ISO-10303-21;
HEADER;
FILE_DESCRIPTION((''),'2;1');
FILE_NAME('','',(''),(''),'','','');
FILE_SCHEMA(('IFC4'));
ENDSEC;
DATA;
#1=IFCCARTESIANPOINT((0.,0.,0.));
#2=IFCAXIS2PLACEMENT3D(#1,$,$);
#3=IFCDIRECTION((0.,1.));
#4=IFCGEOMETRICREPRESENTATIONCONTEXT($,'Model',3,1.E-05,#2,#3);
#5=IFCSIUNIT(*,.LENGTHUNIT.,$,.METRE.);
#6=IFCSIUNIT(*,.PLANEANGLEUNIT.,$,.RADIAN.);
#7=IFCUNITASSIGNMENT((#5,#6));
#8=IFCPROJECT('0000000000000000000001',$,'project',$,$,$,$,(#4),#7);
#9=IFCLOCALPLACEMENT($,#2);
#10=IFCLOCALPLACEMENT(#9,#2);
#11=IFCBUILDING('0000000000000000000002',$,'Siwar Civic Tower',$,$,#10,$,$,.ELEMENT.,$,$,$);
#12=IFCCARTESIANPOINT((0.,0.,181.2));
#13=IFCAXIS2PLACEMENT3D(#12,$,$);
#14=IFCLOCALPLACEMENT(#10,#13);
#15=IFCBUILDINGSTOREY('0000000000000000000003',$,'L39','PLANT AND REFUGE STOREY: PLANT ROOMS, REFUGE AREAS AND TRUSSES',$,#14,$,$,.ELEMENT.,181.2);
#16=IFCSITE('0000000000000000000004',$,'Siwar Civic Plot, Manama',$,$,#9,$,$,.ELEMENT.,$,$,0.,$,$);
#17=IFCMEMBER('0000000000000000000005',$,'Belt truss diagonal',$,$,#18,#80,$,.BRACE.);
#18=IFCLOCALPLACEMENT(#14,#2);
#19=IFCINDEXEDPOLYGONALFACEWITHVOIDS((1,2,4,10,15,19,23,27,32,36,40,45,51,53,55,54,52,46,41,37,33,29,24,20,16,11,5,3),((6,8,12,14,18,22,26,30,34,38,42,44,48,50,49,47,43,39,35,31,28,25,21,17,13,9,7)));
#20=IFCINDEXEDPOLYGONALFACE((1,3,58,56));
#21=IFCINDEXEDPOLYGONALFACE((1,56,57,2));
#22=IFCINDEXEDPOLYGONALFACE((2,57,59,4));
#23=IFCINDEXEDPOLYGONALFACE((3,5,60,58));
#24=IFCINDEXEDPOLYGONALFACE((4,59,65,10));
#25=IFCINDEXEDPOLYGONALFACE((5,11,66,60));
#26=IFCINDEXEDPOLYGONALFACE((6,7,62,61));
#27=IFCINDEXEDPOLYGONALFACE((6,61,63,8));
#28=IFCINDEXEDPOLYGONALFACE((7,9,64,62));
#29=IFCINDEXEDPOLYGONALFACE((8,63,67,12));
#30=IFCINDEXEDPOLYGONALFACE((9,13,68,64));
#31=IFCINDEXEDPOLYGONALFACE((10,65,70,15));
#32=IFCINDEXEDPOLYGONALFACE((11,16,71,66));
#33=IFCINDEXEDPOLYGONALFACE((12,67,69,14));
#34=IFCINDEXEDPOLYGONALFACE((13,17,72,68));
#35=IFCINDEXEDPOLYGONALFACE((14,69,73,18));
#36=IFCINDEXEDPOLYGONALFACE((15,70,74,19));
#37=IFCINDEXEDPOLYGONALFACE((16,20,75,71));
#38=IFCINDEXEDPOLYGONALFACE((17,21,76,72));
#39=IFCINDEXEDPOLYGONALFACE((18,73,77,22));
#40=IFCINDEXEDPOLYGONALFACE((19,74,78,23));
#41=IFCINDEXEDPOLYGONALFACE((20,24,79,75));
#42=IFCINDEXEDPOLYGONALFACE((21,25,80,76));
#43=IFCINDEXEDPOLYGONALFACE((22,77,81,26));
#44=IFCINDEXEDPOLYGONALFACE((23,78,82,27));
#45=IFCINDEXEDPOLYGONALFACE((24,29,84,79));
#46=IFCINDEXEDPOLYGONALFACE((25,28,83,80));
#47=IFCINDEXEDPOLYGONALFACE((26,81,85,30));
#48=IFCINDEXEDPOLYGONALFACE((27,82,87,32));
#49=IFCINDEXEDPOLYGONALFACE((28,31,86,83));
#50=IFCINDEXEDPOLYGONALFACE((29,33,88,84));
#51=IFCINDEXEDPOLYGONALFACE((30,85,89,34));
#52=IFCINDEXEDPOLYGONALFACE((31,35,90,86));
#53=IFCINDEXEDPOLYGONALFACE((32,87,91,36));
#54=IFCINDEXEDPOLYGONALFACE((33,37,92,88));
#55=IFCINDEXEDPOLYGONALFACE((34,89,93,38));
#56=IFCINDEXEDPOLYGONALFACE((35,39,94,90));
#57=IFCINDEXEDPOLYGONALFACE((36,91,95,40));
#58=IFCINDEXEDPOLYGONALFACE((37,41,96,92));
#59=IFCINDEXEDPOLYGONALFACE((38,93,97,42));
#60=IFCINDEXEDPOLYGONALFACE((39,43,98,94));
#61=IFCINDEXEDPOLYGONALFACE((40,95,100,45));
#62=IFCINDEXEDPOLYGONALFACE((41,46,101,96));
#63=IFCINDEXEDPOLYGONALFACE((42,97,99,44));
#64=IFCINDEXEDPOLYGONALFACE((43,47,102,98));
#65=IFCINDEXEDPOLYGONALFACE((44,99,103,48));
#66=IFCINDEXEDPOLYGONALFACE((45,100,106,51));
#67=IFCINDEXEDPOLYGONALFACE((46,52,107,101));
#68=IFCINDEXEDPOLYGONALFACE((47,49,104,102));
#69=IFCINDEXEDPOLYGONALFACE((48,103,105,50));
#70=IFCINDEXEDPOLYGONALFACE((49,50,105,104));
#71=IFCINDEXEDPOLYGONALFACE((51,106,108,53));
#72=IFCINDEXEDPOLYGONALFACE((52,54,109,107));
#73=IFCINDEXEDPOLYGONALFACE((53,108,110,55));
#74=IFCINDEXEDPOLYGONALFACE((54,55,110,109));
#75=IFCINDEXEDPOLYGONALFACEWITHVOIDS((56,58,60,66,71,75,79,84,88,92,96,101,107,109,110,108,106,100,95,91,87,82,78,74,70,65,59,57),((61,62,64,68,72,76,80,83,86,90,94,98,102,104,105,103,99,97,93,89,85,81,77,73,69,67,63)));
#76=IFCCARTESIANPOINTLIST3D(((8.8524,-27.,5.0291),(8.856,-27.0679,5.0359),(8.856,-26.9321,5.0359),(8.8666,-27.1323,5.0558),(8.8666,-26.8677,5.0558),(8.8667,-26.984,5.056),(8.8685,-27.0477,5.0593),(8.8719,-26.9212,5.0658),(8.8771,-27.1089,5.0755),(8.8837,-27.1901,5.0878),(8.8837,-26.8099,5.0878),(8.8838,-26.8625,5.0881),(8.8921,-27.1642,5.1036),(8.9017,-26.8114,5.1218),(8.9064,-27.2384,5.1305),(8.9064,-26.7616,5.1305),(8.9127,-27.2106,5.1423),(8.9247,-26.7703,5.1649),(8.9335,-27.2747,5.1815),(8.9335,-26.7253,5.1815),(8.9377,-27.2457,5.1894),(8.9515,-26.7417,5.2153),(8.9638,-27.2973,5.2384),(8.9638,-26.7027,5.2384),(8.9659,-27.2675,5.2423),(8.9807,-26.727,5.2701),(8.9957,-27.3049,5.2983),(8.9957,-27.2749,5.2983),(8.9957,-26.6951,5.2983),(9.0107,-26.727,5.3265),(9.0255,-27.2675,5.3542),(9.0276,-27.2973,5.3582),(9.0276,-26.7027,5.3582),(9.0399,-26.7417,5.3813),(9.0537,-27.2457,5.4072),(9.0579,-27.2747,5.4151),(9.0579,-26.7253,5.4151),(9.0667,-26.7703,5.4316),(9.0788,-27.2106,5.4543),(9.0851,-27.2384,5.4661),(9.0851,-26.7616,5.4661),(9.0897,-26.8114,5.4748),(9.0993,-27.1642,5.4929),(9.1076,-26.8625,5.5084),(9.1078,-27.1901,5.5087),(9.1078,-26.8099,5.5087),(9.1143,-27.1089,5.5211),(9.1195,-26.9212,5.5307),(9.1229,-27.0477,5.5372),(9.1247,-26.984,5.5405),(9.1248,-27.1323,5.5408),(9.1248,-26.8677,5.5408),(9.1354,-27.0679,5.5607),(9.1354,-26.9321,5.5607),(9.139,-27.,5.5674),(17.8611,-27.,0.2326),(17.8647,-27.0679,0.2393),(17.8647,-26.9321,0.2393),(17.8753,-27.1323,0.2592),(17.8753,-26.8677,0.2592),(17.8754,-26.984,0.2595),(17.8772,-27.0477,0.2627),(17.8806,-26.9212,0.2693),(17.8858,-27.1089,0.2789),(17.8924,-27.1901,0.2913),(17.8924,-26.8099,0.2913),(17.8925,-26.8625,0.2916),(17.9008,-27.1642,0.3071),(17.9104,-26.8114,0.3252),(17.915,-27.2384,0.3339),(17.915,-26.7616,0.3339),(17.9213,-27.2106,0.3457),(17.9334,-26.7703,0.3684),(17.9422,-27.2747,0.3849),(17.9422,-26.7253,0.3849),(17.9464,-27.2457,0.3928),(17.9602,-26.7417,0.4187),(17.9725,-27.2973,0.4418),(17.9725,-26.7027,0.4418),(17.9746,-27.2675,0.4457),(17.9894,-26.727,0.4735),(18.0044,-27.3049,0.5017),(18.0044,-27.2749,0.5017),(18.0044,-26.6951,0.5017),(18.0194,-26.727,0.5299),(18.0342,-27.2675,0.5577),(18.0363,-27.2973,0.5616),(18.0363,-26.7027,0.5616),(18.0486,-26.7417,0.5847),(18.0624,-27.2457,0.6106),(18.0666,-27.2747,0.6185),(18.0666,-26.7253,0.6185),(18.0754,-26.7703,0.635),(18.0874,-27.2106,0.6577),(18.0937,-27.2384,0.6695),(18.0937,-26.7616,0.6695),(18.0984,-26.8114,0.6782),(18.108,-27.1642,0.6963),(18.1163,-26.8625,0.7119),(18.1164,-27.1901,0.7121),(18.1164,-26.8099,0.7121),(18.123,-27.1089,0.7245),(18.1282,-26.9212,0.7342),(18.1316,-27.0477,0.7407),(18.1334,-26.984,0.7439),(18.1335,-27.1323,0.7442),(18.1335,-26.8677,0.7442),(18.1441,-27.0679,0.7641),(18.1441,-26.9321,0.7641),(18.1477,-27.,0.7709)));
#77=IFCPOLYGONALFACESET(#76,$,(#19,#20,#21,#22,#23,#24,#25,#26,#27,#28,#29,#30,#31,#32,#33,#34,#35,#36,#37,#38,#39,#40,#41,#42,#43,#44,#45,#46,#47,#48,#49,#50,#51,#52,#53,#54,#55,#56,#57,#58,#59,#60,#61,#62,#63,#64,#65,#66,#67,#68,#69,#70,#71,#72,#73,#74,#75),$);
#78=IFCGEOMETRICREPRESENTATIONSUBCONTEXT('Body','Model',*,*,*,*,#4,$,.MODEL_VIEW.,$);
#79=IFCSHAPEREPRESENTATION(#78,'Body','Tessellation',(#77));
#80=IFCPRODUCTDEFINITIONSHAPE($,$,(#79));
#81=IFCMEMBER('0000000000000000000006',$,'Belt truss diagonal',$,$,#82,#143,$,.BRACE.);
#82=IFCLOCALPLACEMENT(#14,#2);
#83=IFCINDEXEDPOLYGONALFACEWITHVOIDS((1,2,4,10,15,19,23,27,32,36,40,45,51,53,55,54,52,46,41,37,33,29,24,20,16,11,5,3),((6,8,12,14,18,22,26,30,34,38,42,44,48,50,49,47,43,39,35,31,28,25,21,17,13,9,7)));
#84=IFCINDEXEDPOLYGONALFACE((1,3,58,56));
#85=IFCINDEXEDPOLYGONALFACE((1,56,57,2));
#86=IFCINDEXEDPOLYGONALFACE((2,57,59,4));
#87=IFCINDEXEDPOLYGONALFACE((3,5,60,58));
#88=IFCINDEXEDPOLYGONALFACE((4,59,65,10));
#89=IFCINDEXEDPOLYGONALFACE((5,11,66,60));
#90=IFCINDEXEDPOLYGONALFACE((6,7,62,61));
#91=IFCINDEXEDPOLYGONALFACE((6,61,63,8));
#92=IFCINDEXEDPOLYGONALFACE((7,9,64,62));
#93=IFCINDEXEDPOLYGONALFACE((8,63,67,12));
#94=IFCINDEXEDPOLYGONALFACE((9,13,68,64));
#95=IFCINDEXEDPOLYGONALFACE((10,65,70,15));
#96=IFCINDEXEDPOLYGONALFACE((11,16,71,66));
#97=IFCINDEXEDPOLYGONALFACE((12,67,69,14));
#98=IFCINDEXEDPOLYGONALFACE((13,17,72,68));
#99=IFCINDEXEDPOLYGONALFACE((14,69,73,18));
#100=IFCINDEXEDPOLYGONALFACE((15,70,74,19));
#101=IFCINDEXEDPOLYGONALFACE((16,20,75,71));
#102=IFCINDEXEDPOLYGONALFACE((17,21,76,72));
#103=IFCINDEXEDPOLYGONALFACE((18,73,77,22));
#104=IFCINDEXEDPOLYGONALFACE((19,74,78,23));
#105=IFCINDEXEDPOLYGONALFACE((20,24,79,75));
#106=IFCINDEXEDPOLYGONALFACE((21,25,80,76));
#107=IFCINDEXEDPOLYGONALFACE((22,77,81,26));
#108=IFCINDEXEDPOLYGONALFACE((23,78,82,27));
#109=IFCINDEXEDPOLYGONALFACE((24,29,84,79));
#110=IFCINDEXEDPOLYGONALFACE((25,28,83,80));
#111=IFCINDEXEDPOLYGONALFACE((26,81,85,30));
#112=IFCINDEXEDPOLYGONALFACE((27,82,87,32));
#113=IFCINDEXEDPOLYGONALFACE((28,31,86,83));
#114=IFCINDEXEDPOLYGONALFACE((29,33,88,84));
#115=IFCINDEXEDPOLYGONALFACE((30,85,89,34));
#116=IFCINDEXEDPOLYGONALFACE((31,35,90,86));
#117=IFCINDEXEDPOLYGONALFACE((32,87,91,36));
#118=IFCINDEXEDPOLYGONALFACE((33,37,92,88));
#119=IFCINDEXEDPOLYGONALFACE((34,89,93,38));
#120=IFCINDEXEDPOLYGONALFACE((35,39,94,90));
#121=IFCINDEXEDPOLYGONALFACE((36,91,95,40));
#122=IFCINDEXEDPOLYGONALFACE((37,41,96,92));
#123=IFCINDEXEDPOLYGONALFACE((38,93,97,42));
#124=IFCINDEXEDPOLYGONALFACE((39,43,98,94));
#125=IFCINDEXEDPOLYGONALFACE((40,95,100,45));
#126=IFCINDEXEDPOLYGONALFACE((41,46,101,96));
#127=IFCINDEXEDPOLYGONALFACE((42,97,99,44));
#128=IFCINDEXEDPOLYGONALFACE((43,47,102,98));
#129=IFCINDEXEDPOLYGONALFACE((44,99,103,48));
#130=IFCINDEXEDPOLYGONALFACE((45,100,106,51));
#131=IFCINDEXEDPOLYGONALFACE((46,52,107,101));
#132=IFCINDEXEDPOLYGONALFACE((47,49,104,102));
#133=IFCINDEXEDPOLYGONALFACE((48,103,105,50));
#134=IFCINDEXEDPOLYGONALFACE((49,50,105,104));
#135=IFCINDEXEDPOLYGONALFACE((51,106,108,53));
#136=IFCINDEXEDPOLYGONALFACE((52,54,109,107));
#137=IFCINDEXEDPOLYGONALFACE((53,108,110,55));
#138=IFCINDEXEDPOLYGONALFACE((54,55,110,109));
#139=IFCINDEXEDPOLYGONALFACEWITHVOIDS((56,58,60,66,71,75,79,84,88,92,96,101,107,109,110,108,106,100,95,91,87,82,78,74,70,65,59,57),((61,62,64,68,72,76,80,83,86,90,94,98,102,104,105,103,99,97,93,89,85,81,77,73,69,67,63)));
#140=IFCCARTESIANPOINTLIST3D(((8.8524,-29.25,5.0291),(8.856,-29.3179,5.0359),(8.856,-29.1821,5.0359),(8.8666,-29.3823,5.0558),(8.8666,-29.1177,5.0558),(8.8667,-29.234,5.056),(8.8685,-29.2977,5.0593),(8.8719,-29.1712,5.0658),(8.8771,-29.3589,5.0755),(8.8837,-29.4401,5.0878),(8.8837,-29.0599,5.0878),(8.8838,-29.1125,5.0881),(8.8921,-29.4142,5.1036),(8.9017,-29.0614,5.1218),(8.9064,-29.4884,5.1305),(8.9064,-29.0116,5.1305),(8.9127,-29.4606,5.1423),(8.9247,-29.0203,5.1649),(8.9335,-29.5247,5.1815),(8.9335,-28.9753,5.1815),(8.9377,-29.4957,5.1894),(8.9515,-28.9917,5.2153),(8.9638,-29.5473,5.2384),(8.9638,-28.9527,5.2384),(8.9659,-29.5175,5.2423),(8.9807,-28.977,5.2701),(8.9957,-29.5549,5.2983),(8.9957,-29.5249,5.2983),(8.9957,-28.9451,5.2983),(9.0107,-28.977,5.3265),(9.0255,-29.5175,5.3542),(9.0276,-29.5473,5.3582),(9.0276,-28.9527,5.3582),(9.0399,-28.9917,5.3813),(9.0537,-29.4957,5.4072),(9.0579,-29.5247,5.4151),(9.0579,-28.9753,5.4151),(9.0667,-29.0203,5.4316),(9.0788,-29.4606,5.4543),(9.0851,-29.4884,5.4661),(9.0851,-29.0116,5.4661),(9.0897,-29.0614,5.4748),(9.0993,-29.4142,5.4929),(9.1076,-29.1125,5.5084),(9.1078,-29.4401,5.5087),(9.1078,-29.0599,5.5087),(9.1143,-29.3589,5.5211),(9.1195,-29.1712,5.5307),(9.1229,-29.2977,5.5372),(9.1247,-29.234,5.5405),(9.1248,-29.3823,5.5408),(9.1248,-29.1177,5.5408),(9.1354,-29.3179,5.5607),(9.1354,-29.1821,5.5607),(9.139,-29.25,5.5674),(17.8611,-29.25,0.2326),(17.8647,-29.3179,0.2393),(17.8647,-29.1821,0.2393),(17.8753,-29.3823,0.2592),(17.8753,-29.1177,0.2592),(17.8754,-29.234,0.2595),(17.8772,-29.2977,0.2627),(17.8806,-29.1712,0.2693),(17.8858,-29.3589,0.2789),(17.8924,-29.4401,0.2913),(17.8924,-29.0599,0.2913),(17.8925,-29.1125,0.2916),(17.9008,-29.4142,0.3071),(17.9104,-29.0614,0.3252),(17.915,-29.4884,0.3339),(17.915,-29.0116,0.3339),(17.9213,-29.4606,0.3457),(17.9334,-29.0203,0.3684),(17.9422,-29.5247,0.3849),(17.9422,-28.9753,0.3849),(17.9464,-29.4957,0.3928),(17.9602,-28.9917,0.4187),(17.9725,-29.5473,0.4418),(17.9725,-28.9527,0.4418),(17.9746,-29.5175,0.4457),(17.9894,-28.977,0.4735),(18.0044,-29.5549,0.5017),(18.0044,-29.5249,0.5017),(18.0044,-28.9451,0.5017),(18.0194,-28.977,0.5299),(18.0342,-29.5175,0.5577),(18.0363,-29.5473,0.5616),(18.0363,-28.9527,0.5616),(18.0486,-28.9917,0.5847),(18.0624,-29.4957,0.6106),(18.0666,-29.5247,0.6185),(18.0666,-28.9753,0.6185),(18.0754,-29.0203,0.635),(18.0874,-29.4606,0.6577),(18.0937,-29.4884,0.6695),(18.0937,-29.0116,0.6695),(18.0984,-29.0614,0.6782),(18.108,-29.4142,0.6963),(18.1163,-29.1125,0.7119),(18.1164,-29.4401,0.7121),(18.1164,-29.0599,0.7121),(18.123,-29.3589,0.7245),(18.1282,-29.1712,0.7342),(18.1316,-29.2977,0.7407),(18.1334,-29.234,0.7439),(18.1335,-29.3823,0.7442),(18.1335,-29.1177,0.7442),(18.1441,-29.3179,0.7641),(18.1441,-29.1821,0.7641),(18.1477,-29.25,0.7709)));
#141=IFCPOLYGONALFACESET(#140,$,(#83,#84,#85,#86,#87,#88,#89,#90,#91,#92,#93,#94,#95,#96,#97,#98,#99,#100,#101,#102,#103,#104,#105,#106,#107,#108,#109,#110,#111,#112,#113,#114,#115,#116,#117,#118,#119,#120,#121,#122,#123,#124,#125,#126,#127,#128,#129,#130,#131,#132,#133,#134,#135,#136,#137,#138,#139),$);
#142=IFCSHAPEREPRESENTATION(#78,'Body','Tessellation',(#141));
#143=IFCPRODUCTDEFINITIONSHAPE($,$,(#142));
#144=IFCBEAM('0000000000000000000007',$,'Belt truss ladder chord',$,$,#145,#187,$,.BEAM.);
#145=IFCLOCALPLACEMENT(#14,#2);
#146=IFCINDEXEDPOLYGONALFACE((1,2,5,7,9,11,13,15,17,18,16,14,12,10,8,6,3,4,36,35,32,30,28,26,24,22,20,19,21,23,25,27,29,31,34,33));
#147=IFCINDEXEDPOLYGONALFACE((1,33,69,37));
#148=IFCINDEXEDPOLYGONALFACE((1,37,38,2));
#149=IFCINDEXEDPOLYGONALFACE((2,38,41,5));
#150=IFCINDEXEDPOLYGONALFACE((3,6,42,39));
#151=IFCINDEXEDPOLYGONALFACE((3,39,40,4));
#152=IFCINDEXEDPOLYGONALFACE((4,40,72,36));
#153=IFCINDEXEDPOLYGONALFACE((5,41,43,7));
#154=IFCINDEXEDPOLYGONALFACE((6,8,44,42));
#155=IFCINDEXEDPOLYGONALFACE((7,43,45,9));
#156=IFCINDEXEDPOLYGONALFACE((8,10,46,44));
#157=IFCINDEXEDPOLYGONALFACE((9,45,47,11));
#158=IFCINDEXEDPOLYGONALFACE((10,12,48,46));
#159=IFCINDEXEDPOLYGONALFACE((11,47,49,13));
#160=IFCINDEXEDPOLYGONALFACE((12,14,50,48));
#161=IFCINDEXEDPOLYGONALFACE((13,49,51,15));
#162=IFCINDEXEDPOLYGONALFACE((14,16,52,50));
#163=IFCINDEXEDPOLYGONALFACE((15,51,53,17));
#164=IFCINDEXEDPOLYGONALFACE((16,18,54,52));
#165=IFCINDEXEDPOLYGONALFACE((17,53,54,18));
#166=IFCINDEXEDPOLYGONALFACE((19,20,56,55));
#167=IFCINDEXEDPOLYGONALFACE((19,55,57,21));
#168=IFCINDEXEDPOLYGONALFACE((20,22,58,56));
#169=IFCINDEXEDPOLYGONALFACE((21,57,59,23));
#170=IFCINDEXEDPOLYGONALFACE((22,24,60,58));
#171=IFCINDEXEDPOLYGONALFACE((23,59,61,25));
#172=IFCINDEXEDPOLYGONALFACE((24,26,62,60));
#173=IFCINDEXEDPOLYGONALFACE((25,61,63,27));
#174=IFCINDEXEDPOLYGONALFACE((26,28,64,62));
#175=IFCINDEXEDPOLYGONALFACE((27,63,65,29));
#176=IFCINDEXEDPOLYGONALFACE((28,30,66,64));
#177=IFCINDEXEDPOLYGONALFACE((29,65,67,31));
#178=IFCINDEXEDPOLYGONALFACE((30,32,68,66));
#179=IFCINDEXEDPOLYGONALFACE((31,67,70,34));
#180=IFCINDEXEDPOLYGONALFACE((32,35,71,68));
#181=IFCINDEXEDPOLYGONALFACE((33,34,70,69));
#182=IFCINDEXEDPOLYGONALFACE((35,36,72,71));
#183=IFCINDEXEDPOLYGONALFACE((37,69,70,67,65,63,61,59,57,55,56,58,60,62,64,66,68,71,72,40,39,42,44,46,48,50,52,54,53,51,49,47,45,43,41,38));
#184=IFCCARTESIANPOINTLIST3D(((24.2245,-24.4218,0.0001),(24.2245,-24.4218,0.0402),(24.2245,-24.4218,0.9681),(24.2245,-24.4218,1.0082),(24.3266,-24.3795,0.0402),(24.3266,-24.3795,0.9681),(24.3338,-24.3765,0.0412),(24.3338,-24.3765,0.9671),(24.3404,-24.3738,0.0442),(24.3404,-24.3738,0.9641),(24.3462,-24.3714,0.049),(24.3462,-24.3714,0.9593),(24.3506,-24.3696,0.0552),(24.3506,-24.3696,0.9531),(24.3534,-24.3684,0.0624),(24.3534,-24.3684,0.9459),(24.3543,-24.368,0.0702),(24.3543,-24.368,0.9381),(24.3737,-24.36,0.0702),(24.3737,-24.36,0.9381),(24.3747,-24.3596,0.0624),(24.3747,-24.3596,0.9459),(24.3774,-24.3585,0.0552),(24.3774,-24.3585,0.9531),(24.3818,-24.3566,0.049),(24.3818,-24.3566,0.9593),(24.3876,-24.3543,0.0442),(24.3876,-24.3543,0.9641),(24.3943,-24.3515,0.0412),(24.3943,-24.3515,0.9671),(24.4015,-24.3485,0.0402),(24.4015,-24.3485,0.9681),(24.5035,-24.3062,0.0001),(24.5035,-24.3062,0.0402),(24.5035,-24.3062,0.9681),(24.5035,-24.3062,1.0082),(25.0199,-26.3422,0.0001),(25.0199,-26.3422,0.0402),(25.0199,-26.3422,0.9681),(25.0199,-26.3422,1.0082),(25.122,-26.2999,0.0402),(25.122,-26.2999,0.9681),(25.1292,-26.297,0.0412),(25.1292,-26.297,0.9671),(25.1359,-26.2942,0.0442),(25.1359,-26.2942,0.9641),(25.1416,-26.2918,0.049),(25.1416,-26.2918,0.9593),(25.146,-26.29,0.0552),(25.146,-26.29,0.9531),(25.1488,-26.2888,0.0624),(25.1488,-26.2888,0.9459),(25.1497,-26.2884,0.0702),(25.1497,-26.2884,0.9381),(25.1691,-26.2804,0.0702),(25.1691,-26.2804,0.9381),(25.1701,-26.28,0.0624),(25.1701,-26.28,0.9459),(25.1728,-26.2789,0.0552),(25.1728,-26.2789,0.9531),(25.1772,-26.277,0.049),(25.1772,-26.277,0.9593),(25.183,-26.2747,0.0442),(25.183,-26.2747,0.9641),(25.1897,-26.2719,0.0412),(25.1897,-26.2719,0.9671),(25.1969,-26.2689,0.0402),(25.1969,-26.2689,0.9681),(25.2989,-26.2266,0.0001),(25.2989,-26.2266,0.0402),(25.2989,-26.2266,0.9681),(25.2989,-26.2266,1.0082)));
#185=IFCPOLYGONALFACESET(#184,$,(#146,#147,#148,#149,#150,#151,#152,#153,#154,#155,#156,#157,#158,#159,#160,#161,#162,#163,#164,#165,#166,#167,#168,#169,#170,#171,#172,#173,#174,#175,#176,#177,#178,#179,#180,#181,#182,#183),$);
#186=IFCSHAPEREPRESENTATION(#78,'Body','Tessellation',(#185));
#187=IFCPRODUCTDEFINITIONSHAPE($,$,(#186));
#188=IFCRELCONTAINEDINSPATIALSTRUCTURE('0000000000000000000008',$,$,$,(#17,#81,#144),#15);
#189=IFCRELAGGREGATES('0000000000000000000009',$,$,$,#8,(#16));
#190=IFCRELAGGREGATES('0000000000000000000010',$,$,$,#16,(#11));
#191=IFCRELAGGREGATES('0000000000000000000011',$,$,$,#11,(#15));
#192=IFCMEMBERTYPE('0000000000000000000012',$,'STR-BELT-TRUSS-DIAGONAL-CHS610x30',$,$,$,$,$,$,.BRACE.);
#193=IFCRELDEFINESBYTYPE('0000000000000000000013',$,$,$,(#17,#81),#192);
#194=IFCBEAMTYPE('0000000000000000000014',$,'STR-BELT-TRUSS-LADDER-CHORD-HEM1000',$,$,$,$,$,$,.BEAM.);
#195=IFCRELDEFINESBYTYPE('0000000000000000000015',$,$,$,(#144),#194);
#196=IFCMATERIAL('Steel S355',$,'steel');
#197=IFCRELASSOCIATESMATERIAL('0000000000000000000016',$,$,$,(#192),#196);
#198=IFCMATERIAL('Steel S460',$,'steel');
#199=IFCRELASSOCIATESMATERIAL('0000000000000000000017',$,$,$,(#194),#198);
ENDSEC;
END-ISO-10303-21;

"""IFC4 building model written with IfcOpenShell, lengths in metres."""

from ifc_helpers import new_model, si_unit, direction, frame, origin, origin_2d, place, context, subcontext, project, spatial, hollow_circle, i_section, extrude, material, material_profile, profile_set, type_object, element, save


model = new_model("IFC4")

# Units and contexts
model_context = context("Model", 3, precision=1e-05, world=origin(), true_north=direction((0.0, 1.0)))
body_context = subcontext(model_context, "Body", "Model", "MODEL_VIEW")
ifc_project = project(units=[si_unit("LENGTHUNIT", "METRE"), si_unit("PLANEANGLEUNIT", "RADIAN")], contexts=[model_context])

# Site, building, storey
site_placement = place(None, origin())
site = spatial("IfcSite", under=ifc_project, at=site_placement, Name="Siwar Civic Plot, Manama", CompositionType="ELEMENT", RefElevation=0.0)
building_placement = place(site_placement, origin())
building = spatial("IfcBuilding", under=site, at=building_placement, Name="Siwar Civic Tower", CompositionType="ELEMENT")
storey_placement = place(building_placement, frame((0.0, 0.0, 181.2)))
storey = spatial("IfcBuildingStorey", under=building, at=storey_placement, Name="L39", Description="PLANT AND REFUGE STOREY: PLANT ROOMS, REFUGE AREAS AND TRUSSES", CompositionType="ELEMENT", Elevation=181.2)

# Members
ifc_material_1 = material(Name="Steel S355", Category="steel")
ifc_material_profile_1 = material_profile(ifc_material_1, hollow_circle(Radius=0.3049, WallThickness=0.03, at=origin_2d()), Name="CHS610x30")
ifc_profile_set_1 = profile_set([ifc_material_profile_1], Name="Steel S355")
member_type_1 = type_object("IfcMemberType", Name="STR-BELT-TRUSS-DIAGONAL-CHS610x30", PredefinedType="BRACE", material=ifc_profile_set_1)
for number, where, z_axis, x_axis, name in (
    (1, (18.0044, -27.0, 0.5017), (-0.882681, 0.0, 0.469974), (0.0, -1.0, 0.0), "Belt truss diagonal"),
    (2, (18.0044, -29.25, 0.5017), (-0.882681, 0.0, 0.469974), (0.0, -1.0, 0.0), "Belt truss diagonal"),
):
    element("IfcMember", number, at=place(storey_placement, frame(where, z_axis=z_axis, x_axis=x_axis)), inside=storey, type_object=member_type_1, Name=name, PredefinedType="BRACE", context=body_context, shape_type="SweptSolid", body=[
        extrude(hollow_circle(Radius=0.3049, WallThickness=0.03, at=origin_2d()), origin(), (0.0, 0.0, 1.0), 10.2061),
    ])

# Beam
ifc_material_2 = material(Name="Steel S460", Category="steel")
ifc_material_profile_2 = material_profile(ifc_material_2, i_section(OverallWidth=0.302, OverallDepth=1.0081, WebThickness=0.021, FlangeThickness=0.04, FilletRadius=0.03, at=origin_2d()), Name="HEM1000")
ifc_profile_set_2 = profile_set([ifc_material_profile_2], Name="Steel S460")
beam_type_1 = type_object("IfcBeamType", Name="STR-BELT-TRUSS-LADDER-CHORD-HEM1000", PredefinedType="BEAM", material=ifc_profile_set_2)
for number, where, z_axis, x_axis, name in (
    (3, (24.364, -24.364, 0.5042), (0.382663, -0.923888, 0.0), (0.923888, 0.382663, 0.0), "Belt truss ladder chord"),
):
    element("IfcBeam", number, at=place(storey_placement, frame(where, z_axis=z_axis, x_axis=x_axis)), inside=storey, type_object=beam_type_1, Name=name, PredefinedType="BEAM", context=body_context, shape_type="SweptSolid", body=[
        extrude(i_section(OverallWidth=0.302, OverallDepth=1.0081, WebThickness=0.021, FlangeThickness=0.04, FilletRadius=0.03, at=origin_2d()), origin(), (0.0, 0.0, 1.0), 2.0786),
    ])

save(model, "model.ifc")
